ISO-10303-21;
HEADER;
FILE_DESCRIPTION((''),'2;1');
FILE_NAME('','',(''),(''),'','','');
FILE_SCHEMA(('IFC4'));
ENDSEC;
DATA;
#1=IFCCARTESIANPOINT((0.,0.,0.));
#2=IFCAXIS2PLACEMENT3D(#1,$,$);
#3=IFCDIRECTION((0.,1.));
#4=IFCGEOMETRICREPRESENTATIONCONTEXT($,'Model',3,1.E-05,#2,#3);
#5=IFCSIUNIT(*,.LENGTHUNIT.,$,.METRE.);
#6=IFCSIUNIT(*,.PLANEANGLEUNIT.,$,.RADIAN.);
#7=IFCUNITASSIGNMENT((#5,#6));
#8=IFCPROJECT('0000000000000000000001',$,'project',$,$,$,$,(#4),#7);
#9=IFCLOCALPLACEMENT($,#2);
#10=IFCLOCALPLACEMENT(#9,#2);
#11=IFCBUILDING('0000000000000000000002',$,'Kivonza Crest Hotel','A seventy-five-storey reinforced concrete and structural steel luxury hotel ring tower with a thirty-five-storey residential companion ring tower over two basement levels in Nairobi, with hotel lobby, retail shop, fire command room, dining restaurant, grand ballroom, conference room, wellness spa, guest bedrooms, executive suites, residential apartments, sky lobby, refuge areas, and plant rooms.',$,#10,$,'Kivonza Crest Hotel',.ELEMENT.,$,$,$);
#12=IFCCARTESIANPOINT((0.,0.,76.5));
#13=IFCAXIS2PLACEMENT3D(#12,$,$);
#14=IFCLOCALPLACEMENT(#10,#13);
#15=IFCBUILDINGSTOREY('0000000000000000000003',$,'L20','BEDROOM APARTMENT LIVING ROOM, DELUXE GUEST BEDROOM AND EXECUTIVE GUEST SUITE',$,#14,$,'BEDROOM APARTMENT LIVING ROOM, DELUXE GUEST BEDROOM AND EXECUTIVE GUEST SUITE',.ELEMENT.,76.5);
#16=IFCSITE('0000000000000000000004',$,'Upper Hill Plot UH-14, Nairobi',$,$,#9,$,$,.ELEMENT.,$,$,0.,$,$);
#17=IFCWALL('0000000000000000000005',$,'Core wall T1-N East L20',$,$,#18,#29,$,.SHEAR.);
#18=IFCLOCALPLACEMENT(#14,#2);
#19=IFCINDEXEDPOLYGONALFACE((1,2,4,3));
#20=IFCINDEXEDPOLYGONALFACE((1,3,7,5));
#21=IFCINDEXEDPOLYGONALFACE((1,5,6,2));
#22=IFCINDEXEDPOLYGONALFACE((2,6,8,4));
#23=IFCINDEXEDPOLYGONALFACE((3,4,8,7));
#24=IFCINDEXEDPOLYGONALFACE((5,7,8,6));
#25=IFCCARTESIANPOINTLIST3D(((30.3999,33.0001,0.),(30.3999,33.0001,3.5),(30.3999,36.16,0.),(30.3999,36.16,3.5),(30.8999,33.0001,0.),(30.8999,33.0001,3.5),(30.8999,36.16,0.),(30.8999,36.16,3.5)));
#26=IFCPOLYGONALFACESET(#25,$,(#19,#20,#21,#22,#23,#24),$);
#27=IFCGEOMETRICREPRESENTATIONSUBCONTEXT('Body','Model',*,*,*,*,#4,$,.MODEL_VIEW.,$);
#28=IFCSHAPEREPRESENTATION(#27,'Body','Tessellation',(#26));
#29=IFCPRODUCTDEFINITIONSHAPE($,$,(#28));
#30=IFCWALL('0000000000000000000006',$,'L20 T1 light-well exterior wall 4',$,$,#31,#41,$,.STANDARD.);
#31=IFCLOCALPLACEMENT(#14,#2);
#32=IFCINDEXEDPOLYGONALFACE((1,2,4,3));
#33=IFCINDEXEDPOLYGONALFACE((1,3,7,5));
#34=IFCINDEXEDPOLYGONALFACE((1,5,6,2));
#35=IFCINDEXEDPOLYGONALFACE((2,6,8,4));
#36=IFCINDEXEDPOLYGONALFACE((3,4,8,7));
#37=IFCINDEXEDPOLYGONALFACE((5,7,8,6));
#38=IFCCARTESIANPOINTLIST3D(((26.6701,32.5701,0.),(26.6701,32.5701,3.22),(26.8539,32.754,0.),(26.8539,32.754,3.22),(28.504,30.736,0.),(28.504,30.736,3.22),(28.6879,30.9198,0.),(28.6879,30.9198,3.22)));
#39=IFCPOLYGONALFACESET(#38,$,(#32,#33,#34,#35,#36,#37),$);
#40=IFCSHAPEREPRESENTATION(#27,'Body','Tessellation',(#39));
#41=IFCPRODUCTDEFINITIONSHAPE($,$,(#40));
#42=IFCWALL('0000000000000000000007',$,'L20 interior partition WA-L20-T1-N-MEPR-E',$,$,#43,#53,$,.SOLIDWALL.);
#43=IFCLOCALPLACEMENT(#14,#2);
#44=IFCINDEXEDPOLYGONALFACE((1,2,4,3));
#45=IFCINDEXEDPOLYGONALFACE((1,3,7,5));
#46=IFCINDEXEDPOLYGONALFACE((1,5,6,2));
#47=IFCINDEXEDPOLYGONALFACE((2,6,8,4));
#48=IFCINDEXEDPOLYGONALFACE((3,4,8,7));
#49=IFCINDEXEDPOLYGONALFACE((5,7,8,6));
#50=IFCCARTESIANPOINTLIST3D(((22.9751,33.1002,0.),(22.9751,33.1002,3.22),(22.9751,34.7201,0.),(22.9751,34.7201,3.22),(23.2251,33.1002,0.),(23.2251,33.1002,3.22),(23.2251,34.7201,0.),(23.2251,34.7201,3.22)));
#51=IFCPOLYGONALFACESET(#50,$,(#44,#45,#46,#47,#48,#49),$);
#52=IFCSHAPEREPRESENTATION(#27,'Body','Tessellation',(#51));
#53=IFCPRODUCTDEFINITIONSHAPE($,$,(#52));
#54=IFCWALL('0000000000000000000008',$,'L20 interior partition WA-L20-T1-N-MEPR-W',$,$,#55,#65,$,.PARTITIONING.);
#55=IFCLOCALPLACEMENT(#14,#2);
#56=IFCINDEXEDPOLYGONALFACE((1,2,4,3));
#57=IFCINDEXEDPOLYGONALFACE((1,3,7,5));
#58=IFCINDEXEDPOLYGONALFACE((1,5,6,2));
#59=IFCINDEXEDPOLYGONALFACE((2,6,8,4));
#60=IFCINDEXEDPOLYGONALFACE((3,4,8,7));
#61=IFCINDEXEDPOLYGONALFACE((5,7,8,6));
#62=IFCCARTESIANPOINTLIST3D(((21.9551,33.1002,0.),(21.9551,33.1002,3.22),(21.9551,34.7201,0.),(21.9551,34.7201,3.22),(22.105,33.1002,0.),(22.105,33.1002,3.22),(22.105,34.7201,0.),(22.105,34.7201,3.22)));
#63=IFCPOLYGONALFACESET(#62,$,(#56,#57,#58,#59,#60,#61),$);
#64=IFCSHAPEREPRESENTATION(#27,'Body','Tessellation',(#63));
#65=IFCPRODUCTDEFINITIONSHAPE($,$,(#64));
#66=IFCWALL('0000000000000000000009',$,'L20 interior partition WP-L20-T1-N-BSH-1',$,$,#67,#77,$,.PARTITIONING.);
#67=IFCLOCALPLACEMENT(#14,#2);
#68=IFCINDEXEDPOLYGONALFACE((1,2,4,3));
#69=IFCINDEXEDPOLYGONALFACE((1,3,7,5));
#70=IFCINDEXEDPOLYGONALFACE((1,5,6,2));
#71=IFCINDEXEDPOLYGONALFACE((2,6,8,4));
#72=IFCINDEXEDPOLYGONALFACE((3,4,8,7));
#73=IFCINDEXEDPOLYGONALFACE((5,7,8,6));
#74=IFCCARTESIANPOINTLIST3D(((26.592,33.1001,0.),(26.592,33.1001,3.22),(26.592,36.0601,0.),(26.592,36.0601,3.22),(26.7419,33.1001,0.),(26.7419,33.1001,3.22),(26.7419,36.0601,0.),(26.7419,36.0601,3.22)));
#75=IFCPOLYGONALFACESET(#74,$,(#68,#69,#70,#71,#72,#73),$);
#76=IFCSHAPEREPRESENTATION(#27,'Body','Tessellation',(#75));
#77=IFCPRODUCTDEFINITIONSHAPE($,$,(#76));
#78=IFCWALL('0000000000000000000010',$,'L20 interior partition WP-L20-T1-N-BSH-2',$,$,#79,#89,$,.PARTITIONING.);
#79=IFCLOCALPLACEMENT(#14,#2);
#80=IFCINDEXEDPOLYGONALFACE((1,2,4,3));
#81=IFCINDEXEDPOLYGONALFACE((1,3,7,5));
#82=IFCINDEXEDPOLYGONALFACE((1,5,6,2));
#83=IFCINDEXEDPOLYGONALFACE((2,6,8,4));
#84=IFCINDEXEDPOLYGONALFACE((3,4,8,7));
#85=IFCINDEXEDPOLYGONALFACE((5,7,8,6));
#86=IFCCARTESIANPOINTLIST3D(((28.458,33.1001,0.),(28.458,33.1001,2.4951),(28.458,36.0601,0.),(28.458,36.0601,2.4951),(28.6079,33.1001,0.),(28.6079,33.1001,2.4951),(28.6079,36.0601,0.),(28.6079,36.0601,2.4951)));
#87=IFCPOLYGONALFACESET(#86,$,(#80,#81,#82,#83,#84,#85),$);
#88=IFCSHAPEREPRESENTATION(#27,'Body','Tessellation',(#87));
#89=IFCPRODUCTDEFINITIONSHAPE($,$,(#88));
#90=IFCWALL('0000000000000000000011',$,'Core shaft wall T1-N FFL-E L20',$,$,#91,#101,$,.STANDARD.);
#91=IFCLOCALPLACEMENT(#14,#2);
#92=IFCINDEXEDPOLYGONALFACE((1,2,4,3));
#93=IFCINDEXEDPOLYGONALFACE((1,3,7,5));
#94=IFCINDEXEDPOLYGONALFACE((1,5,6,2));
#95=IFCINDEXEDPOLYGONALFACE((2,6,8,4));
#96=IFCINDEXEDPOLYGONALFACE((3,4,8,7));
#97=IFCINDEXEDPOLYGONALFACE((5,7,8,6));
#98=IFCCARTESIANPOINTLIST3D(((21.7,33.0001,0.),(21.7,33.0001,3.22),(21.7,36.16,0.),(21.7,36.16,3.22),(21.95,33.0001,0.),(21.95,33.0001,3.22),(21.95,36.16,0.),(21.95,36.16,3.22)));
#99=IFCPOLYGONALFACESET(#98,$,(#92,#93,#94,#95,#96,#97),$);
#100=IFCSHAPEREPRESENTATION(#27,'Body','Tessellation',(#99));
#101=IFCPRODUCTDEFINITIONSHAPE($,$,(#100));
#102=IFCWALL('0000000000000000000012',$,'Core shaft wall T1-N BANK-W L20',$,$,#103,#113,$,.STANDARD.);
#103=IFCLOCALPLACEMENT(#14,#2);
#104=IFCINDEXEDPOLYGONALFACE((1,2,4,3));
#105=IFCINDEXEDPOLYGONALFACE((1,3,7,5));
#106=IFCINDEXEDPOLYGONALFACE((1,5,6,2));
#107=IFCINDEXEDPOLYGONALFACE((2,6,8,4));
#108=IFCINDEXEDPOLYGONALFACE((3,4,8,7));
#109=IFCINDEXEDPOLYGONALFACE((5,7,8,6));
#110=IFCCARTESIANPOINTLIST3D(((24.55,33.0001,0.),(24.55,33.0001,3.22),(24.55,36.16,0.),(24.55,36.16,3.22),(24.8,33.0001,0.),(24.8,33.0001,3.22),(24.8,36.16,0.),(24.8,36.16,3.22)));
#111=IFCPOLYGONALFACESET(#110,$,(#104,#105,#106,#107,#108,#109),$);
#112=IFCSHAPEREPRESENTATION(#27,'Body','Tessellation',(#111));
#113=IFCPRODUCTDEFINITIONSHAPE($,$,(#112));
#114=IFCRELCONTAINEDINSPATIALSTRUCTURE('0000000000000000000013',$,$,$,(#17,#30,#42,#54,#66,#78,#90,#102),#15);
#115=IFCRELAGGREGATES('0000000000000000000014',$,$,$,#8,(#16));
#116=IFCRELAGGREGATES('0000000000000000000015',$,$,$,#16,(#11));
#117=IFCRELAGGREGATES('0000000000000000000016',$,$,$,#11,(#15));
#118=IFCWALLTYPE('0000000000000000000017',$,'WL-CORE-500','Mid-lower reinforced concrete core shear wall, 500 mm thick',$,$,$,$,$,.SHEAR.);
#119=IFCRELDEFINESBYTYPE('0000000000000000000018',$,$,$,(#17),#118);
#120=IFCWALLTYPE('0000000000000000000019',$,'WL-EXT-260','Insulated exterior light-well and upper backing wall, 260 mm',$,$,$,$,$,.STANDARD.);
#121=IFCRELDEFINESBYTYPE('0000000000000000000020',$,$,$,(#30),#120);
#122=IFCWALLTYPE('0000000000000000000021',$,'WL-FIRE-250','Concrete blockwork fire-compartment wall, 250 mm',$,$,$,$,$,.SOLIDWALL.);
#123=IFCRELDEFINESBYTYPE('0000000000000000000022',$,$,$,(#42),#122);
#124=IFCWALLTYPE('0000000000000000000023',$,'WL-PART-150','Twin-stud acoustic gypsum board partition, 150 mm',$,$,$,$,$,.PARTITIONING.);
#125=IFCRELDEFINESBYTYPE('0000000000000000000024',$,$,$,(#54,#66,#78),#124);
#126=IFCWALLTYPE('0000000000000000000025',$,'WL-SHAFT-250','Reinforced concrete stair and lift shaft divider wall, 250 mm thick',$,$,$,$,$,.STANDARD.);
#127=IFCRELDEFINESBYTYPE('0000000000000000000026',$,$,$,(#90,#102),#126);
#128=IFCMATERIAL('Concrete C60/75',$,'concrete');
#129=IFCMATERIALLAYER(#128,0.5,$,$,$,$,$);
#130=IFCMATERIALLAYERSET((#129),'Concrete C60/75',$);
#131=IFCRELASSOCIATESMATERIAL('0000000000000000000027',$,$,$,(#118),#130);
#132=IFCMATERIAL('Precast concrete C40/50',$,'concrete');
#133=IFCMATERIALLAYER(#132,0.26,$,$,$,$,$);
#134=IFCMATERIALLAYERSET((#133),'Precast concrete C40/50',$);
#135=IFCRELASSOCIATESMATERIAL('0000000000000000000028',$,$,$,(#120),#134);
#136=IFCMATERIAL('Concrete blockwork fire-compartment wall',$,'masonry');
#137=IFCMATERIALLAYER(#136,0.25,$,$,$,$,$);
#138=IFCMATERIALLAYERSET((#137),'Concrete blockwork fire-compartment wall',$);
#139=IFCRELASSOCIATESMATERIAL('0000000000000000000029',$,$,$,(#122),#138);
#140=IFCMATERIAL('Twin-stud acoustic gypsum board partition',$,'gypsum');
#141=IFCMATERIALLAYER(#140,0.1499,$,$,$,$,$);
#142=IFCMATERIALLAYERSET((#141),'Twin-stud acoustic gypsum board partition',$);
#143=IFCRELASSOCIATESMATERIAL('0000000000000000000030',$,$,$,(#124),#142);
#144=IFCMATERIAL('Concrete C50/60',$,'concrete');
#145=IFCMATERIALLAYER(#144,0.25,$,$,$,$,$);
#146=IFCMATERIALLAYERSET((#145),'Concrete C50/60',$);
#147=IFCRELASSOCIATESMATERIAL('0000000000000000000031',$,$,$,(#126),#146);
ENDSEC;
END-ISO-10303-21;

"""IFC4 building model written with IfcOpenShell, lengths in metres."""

from ifc_helpers import new_model, si_unit, direction, frame, frame_2d, origin, place, context, subcontext, project, spatial, rectangle, extrude, material, layer, layer_set, type_object, element, save


model = new_model("IFC4")

# Units and contexts
model_context = context("Model", 3, precision=1e-05, world=origin(), true_north=direction((0.0, 1.0)))
body_context = subcontext(model_context, "Body", "Model", "MODEL_VIEW")
ifc_project = project(units=[si_unit("LENGTHUNIT", "METRE"), si_unit("PLANEANGLEUNIT", "RADIAN")], contexts=[model_context])

# Site, building, storey
site_placement = place(None, origin())
site = spatial("IfcSite", under=ifc_project, at=site_placement, Name="Upper Hill Plot UH-14, Nairobi", CompositionType="ELEMENT", RefElevation=0.0)
building_placement = place(site_placement, origin())
building = spatial("IfcBuilding", under=site, at=building_placement, Name="Kivonza Crest Hotel", Description="A seventy-five-storey reinforced concrete and structural steel luxury hotel ring tower with a thirty-five-storey residential companion ring tower over two basement levels in Nairobi, with hotel lobby, retail shop, fire command room, dining restaurant, grand ballroom, conference room, wellness spa, guest bedrooms, executive suites, residential apartments, sky lobby, refuge areas, and plant rooms.", LongName="Kivonza Crest Hotel", CompositionType="ELEMENT")
storey_placement = place(building_placement, frame((0.0, 0.0, 76.5)))
storey = spatial("IfcBuildingStorey", under=building, at=storey_placement, Name="L20", Description="BEDROOM APARTMENT LIVING ROOM, DELUXE GUEST BEDROOM AND EXECUTIVE GUEST SUITE", LongName="BEDROOM APARTMENT LIVING ROOM, DELUXE GUEST BEDROOM AND EXECUTIVE GUEST SUITE", CompositionType="ELEMENT", Elevation=76.5)

# Shared definitions
ifc_material_1 = material(Name="Concrete C60/75", Category="concrete")

# Walls
ifc_layer_1 = layer(ifc_material_1, 0.5)
ifc_layer_set_1 = layer_set([ifc_layer_1], Name="Concrete C60/75")
wall_type_1 = type_object("IfcWallType", Name="WL-CORE-500", Description="Mid-lower reinforced concrete core shear wall, 500 mm thick", PredefinedType="SHEAR", material=ifc_layer_set_1)
wall_1_placement = place(storey_placement, frame((30.6499, 33.0, 0.0), z_axis=(0.0, 0.0, 1.0), x_axis=(0.0, 1.0, 0.0)))
element("IfcWall", 1, at=wall_1_placement, inside=storey, type_object=wall_type_1, Name="Core wall T1-N East L20", PredefinedType="SHEAR", context=body_context, shape_type="SweptSolid", body=[
    extrude(rectangle(XDim=3.1599, YDim=0.5, at=frame_2d((1.5801, 0.0))), origin(), (0.0, 0.0, 1.0), 3.5),
])
ifc_material_2 = material(Name="Precast concrete C40/50", Category="concrete")
ifc_layer_2 = layer(ifc_material_2, 0.26)
ifc_layer_set_2 = layer_set([ifc_layer_2], Name="Precast concrete C40/50")
wall_type_2 = type_object("IfcWallType", Name="WL-EXT-260", Description="Insulated exterior light-well and upper backing wall, 260 mm", PredefinedType="STANDARD", material=ifc_layer_set_2)
wall_2_placement = place(storey_placement, frame((28.5959, 30.8279, 0.0), z_axis=(0.0, 0.0, 1.0), x_axis=(-0.70706, 0.707154, 0.0)))
element("IfcWall", 2, at=wall_2_placement, inside=storey, type_object=wall_type_2, Name="L20 T1 light-well exterior wall 4", PredefinedType="STANDARD", context=body_context, shape_type="SweptSolid", body=[
    extrude(rectangle(XDim=2.5938, YDim=0.26, at=frame_2d((1.2969, 0.0))), origin(), (0.0, 0.0, 1.0), 3.22),
])
ifc_material_3 = material(Name="Concrete blockwork fire-compartment wall", Category="masonry")
ifc_layer_3 = layer(ifc_material_3, 0.25)
ifc_layer_set_3 = layer_set([ifc_layer_3], Name="Concrete blockwork fire-compartment wall")
wall_type_3 = type_object("IfcWallType", Name="WL-FIRE-250", Description="Concrete blockwork fire-compartment wall, 250 mm", PredefinedType="SOLIDWALL", material=ifc_layer_set_3)
wall_3_placement = place(storey_placement, frame((23.1001, 33.1001, 0.0), z_axis=(0.0, 0.0, 1.0), x_axis=(0.0, 1.0, 0.0)))
element("IfcWall", 3, at=wall_3_placement, inside=storey, type_object=wall_type_3, Name="L20 interior partition WA-L20-T1-N-MEPR-E", PredefinedType="SOLIDWALL", context=body_context, shape_type="SweptSolid", body=[
    extrude(rectangle(XDim=1.6199, YDim=0.25, at=frame_2d((0.8101, 0.0))), origin(), (0.0, 0.0, 1.0), 3.22),
])
ifc_material_4 = material(Name="Twin-stud acoustic gypsum board partition", Category="gypsum")
ifc_layer_4 = layer(ifc_material_4, 0.1499)
ifc_layer_set_4 = layer_set([ifc_layer_4], Name="Twin-stud acoustic gypsum board partition")
wall_type_4 = type_object("IfcWallType", Name="WL-PART-150", Description="Twin-stud acoustic gypsum board partition, 150 mm", PredefinedType="PARTITIONING", material=ifc_layer_set_4)
wall_4_placement = place(storey_placement, frame((22.03, 33.1001, 0.0), z_axis=(0.0, 0.0, 1.0), x_axis=(0.0, 1.0, 0.0)))
element("IfcWall", 4, at=wall_4_placement, inside=storey, type_object=wall_type_4, Name="L20 interior partition WA-L20-T1-N-MEPR-W", PredefinedType="PARTITIONING", context=body_context, shape_type="SweptSolid", body=[
    extrude(rectangle(XDim=1.6199, YDim=0.1499, at=frame_2d((0.8101, 0.0))), origin(), (0.0, 0.0, 1.0), 3.22),
])
wall_5_placement = place(storey_placement, frame((26.667, 33.1001, 0.0), z_axis=(0.0, 0.0, 1.0), x_axis=(0.0, 1.0, 0.0)))
element("IfcWall", 5, at=wall_5_placement, inside=storey, type_object=wall_type_4, Name="L20 interior partition WP-L20-T1-N-BSH-1", PredefinedType="PARTITIONING", context=body_context, shape_type="SweptSolid", body=[
    extrude(rectangle(XDim=2.96, YDim=0.1499, at=frame_2d((1.48, 0.0))), origin(), (0.0, 0.0, 1.0), 3.22),
])
wall_6_placement = place(storey_placement, frame((28.533, 33.1001, 0.0), z_axis=(0.0, 0.0, 1.0), x_axis=(0.0, 1.0, 0.0)))
element("IfcWall", 6, at=wall_6_placement, inside=storey, type_object=wall_type_4, Name="L20 interior partition WP-L20-T1-N-BSH-2", PredefinedType="PARTITIONING", context=body_context, shape_type="SweptSolid", body=[
    extrude(rectangle(XDim=2.96, YDim=0.1499, at=frame_2d((1.48, 0.0))), origin(), (0.0, 0.0, 1.0), 2.4951),
])

# Shared definitions
ifc_material_5 = material(Name="Concrete C50/60", Category="concrete")
ifc_layer_5 = layer(ifc_material_5, 0.25)
ifc_layer_set_5 = layer_set([ifc_layer_5], Name="Concrete C50/60")
wall_type_5 = type_object("IfcWallType", Name="WL-SHAFT-250", Description="Reinforced concrete stair and lift shaft divider wall, 250 mm thick", PredefinedType="STANDARD", material=ifc_layer_set_5)

# Walls
for number, where, z_axis, x_axis, name in (
    (7, (21.825, 33.0, 0.0), (0.0, 0.0, 1.0), (0.0, 1.0, 0.0), "Core shaft wall T1-N FFL-E L20"),
    (8, (24.675, 33.0, 0.0), (0.0, 0.0, 1.0), (0.0, 1.0, 0.0), "Core shaft wall T1-N BANK-W L20"),
):
    element("IfcWall", number, at=place(storey_placement, frame(where, z_axis=z_axis, x_axis=x_axis)), inside=storey, type_object=wall_type_5, Name=name, PredefinedType="STANDARD", context=body_context, shape_type="SweptSolid", body=[
        extrude(rectangle(XDim=3.1599, YDim=0.25, at=frame_2d((1.5801, 0.0))), origin(), (0.0, 0.0, 1.0), 3.22),
    ])

save(model, "model.ifc")
